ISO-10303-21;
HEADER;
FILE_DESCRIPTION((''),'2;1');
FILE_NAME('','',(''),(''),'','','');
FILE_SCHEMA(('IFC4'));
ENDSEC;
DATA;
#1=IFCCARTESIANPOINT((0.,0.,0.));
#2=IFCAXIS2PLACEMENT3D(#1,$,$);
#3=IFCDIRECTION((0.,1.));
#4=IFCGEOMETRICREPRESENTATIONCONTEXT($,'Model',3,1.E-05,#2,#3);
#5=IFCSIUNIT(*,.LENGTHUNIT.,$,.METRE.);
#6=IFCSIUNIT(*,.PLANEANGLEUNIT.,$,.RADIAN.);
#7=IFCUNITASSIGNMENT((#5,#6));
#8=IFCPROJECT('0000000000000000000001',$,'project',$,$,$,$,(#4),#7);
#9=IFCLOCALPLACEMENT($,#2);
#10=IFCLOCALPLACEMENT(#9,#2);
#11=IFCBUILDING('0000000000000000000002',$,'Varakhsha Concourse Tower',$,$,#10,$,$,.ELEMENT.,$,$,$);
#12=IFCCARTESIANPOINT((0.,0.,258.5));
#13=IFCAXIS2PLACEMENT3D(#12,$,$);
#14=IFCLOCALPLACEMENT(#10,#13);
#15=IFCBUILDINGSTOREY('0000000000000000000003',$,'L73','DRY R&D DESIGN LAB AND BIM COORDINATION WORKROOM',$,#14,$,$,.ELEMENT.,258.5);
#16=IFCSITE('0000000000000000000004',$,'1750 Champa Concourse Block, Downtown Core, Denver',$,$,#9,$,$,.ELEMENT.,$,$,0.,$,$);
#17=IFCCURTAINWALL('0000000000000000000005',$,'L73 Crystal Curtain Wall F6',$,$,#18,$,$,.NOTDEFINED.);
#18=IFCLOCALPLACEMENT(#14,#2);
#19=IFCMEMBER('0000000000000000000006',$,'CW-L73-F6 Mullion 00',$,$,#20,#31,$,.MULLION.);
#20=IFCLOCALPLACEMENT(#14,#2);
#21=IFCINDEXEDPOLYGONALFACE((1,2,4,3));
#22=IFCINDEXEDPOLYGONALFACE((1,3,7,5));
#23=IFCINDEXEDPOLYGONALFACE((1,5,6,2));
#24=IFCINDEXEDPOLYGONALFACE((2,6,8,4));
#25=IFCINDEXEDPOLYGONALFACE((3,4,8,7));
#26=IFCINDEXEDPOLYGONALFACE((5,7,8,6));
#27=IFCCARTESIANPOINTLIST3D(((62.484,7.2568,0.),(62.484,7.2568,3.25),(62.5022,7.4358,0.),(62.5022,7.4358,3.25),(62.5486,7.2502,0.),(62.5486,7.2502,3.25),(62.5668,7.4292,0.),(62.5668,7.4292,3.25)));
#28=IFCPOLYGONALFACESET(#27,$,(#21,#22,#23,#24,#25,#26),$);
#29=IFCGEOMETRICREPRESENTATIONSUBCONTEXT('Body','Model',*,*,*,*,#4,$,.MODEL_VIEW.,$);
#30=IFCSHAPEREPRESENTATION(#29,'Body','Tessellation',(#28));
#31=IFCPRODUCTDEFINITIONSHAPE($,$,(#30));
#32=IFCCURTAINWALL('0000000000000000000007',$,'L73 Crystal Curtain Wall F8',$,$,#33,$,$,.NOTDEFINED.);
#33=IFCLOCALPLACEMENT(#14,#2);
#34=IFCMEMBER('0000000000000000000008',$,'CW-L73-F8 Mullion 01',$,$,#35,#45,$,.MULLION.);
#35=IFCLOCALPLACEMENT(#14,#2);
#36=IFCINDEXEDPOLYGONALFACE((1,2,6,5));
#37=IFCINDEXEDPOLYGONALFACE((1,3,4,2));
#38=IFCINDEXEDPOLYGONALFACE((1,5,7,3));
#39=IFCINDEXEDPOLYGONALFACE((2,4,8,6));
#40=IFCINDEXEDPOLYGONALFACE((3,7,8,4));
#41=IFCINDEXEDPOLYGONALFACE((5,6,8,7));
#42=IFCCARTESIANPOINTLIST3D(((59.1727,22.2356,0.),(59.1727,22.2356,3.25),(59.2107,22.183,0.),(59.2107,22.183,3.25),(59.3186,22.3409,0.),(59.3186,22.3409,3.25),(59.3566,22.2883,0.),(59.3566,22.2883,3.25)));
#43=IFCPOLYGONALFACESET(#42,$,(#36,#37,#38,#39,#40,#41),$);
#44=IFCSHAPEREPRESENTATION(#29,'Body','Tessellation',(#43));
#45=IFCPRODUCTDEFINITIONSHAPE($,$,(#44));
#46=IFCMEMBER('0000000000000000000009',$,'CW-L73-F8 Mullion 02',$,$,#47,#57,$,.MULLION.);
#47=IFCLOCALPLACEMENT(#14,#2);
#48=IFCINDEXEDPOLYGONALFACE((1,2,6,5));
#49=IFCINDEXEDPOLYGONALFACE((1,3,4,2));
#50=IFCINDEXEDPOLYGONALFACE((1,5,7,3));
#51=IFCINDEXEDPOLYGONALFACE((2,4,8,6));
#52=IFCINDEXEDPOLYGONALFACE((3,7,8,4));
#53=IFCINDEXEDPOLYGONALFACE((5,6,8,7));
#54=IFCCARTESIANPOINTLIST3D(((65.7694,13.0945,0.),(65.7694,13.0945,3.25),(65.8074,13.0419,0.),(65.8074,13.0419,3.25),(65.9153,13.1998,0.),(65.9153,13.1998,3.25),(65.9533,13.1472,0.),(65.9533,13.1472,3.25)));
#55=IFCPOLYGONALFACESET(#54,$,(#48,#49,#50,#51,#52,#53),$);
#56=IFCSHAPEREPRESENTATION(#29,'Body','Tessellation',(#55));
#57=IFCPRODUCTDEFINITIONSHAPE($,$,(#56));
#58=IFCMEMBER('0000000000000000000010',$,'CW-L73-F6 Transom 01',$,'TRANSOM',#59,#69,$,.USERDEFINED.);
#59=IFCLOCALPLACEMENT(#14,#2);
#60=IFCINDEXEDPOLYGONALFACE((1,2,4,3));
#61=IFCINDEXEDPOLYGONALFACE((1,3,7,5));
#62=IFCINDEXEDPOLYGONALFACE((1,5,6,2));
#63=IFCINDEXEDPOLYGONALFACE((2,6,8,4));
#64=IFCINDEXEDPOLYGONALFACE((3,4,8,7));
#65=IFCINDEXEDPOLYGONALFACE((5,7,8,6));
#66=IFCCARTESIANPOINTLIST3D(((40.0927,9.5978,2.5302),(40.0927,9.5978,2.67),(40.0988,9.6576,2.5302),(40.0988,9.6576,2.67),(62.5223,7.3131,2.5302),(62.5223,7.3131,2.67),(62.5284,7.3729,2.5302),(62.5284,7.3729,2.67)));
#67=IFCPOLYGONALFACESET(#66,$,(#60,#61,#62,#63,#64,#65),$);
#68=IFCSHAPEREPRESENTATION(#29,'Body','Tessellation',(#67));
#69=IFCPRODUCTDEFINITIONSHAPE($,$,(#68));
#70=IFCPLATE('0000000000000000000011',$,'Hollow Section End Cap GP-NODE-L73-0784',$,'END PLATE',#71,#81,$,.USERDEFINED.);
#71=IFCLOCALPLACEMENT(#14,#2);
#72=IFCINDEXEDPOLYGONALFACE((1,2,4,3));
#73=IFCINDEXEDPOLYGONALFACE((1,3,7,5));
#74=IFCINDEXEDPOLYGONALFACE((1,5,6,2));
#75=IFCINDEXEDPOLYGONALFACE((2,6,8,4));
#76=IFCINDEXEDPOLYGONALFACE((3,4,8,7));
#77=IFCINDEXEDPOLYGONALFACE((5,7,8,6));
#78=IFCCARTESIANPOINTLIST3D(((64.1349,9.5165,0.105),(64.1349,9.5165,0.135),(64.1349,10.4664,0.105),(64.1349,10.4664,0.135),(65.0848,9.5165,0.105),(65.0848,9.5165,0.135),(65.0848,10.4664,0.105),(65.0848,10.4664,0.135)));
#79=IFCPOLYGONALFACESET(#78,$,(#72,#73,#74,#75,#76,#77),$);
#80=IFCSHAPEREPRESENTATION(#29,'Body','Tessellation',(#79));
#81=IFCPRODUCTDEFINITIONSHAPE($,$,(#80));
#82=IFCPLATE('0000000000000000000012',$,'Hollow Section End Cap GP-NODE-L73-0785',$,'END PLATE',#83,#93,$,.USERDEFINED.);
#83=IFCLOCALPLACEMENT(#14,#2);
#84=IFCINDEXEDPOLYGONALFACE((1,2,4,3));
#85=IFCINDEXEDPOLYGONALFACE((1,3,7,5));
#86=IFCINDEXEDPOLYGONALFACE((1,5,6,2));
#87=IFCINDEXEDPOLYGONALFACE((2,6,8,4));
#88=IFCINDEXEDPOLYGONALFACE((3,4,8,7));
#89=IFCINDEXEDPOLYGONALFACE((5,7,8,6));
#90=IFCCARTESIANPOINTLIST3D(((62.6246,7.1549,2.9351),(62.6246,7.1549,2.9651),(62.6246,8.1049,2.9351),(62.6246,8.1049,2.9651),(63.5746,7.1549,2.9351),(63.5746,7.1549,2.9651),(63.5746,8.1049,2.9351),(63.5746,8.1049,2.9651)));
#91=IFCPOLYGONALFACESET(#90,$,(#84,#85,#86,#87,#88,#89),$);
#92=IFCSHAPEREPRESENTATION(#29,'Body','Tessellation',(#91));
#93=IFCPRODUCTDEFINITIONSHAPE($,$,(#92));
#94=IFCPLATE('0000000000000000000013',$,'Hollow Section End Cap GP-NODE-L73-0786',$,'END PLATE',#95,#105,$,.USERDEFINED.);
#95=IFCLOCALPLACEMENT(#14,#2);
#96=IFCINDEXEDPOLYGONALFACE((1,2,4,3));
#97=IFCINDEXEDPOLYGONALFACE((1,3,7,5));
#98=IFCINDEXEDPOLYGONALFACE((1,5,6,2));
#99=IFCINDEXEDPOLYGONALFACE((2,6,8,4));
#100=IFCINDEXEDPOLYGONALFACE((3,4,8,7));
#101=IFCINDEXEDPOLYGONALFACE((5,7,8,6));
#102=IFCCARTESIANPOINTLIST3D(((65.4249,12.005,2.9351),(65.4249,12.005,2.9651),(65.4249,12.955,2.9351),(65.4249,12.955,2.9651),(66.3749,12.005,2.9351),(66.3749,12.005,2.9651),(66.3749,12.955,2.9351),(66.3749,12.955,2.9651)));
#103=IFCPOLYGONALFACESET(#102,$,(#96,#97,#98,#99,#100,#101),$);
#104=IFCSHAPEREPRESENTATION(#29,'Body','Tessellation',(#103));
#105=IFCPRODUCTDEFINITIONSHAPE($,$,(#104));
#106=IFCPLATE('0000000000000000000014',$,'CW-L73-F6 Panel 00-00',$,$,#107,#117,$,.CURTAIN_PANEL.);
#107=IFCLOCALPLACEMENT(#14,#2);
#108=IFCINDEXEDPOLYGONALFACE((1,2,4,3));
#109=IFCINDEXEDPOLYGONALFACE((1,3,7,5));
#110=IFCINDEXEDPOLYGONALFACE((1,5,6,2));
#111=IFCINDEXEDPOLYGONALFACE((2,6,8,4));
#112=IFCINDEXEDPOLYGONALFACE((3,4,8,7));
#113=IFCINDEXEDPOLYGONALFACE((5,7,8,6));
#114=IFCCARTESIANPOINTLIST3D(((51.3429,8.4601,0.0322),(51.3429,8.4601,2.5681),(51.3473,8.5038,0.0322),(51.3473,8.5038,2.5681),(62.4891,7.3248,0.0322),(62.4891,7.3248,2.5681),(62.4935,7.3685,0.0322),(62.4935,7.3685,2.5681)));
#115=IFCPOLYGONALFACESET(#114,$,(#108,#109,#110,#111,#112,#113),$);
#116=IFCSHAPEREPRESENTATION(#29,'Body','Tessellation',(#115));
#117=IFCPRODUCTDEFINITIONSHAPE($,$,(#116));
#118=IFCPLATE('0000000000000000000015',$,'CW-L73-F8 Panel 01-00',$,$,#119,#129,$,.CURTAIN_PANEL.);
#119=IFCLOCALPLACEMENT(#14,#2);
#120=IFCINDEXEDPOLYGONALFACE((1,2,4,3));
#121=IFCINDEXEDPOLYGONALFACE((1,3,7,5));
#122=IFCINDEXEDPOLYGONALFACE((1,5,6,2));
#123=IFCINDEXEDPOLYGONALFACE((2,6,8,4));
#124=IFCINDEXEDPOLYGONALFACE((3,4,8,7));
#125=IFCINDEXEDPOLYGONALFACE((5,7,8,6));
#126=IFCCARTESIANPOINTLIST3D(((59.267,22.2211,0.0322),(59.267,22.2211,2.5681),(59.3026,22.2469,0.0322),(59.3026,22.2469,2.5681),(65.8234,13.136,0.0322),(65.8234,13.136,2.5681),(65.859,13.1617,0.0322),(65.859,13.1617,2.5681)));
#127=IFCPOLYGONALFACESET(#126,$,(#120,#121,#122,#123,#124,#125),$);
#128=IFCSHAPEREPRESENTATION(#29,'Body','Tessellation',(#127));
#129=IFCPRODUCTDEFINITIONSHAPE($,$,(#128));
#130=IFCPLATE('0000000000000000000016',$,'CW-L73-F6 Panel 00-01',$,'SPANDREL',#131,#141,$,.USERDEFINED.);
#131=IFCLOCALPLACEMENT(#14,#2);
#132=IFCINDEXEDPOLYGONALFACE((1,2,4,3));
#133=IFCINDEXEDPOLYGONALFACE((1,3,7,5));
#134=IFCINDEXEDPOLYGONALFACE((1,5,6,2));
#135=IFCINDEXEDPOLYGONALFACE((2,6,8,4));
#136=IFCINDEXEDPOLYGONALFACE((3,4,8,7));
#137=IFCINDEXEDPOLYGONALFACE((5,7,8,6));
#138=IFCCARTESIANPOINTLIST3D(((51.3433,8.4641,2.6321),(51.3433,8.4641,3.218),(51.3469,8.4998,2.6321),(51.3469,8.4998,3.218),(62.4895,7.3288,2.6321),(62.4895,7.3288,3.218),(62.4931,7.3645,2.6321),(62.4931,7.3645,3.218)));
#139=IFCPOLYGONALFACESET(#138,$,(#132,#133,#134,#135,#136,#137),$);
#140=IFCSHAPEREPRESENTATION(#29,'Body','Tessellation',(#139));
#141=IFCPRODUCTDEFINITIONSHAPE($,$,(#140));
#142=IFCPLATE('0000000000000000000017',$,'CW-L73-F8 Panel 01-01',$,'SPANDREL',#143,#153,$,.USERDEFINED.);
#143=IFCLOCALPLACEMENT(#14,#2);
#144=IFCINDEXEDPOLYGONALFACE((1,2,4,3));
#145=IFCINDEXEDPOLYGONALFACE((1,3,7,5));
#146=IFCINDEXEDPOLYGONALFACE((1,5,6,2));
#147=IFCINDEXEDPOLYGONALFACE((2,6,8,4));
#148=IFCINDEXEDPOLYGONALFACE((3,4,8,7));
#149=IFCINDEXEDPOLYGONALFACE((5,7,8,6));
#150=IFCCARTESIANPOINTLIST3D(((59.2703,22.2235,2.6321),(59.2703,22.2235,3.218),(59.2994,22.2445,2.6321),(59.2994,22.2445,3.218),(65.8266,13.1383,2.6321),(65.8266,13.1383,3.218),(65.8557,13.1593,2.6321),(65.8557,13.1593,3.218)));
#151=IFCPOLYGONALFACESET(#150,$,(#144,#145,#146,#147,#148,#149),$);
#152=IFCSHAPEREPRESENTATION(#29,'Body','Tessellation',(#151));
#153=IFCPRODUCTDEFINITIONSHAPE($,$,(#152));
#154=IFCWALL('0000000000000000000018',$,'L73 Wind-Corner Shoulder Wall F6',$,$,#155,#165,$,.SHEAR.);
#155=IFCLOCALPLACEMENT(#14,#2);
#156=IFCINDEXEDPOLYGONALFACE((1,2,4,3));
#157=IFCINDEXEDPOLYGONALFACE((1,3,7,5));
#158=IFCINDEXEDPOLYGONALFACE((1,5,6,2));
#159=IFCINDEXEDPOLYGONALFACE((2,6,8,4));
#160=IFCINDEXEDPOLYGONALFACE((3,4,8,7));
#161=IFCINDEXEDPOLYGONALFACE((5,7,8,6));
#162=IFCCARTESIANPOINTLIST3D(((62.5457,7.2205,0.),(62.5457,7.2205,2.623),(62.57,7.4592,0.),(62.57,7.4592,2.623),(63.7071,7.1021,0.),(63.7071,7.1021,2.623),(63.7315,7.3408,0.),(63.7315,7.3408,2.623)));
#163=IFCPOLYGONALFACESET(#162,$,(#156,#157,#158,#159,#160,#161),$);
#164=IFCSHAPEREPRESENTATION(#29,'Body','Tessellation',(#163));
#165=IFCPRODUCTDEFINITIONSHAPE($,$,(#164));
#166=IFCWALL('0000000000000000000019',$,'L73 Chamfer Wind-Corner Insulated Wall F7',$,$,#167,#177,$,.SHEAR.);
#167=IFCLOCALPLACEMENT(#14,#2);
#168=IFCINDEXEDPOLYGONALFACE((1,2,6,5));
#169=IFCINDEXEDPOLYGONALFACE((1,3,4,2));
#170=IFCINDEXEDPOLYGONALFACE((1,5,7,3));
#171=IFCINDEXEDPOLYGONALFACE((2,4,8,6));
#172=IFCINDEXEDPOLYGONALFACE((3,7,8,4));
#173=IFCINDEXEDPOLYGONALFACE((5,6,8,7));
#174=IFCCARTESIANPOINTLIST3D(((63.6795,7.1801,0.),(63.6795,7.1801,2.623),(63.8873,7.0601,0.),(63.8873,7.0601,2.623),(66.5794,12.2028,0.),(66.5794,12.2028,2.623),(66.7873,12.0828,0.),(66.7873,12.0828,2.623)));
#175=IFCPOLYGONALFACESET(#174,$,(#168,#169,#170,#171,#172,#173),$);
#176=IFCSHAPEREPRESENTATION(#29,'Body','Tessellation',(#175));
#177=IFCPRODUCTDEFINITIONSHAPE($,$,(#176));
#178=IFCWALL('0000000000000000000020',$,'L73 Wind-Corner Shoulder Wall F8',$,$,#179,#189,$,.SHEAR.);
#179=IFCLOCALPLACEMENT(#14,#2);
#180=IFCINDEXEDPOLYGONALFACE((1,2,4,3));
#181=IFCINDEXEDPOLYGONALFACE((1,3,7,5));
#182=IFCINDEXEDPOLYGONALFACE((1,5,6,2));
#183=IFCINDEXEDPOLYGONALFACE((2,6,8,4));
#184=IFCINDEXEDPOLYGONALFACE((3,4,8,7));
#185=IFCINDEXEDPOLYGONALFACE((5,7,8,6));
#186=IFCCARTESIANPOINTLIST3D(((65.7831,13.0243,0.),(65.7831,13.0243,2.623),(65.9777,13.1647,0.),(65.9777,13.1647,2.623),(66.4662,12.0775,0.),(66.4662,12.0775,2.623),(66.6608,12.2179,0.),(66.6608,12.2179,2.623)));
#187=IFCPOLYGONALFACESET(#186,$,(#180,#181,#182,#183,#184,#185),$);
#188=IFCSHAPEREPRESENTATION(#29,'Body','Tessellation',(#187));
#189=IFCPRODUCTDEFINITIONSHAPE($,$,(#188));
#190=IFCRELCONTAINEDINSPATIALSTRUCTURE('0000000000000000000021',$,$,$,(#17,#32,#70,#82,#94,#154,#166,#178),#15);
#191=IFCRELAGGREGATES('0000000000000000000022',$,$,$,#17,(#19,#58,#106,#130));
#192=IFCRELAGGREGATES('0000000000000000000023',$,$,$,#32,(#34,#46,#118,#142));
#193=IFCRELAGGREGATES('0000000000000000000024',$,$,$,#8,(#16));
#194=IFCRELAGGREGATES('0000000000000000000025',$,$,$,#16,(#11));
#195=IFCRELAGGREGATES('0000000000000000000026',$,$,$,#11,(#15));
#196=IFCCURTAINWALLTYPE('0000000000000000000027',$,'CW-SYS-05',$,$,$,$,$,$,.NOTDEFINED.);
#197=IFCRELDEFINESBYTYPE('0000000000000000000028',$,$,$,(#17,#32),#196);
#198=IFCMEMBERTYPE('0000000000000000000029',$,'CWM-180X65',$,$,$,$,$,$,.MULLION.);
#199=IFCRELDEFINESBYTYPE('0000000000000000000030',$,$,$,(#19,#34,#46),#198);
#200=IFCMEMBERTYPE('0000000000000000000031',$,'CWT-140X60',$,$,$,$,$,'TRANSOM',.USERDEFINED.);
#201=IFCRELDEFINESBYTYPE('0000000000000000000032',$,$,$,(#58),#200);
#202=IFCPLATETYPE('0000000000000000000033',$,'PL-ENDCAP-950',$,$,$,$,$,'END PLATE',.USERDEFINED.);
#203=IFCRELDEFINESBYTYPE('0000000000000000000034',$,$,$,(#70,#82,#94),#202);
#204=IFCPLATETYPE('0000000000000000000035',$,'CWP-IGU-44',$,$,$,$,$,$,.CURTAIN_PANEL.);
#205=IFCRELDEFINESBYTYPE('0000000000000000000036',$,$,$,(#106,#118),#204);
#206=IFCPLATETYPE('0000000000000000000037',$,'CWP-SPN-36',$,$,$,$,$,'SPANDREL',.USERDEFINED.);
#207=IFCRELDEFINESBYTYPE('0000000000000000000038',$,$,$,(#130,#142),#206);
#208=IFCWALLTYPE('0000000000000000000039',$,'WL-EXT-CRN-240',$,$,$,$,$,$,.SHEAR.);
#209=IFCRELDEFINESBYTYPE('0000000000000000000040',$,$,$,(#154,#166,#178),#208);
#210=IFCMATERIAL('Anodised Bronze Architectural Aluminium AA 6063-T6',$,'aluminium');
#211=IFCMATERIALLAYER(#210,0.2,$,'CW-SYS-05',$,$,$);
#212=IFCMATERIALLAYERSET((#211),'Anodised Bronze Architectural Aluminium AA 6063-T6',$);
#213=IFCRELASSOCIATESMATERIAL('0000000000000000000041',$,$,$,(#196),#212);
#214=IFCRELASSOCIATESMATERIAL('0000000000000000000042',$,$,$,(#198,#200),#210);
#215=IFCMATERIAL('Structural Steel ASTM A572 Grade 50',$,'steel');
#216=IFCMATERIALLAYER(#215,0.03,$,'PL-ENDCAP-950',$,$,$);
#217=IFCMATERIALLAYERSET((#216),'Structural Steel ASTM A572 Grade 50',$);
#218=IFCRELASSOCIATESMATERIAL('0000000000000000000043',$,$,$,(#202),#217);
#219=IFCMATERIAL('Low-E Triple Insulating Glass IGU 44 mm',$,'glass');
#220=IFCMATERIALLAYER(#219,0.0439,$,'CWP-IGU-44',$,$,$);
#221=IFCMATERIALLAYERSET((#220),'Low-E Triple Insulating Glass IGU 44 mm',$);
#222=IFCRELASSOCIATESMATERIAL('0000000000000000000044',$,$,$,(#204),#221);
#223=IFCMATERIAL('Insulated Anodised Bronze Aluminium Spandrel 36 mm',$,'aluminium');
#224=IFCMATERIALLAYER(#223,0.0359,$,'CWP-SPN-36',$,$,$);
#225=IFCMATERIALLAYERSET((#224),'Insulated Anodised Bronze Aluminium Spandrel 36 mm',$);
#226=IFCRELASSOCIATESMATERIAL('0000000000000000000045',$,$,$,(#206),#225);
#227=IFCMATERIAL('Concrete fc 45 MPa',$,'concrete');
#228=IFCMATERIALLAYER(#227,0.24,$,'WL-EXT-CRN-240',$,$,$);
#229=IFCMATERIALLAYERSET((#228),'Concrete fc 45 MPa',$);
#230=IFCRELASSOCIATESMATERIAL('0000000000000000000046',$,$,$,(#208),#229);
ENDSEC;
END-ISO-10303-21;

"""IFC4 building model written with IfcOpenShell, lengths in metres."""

from ifc_helpers import new_model, si_unit, direction, frame, frame_2d, origin, origin_2d, place, context, subcontext, project, spatial, rectangle, extrude, source, transform, mapped, material, layer, layer_set, material_profile, profile_set, type_object, type_shapes, element, aggregate, save


model = new_model("IFC4")

# Units and contexts
model_context = context("Model", 3, precision=1e-05, world=origin(), true_north=direction((0.0, 1.0)))
body_context = subcontext(model_context, "Body", "Model", "MODEL_VIEW")
ifc_project = project(units=[si_unit("LENGTHUNIT", "METRE"), si_unit("PLANEANGLEUNIT", "RADIAN")], contexts=[model_context])

# Site, building, storey
site_placement = place(None, origin())
site = spatial("IfcSite", under=ifc_project, at=site_placement, Name="1750 Champa Concourse Block, Downtown Core, Denver", CompositionType="ELEMENT", RefElevation=0.0)
building_placement = place(site_placement, origin())
building = spatial("IfcBuilding", under=site, at=building_placement, Name="Varakhsha Concourse Tower", CompositionType="ELEMENT")
storey_placement = place(building_placement, frame((0.0, 0.0, 258.5)))
storey = spatial("IfcBuildingStorey", under=building, at=storey_placement, Name="L73", Description="DRY R&D DESIGN LAB AND BIM COORDINATION WORKROOM", CompositionType="ELEMENT", Elevation=258.5)

# Shared definitions
ifc_material_1 = material(Name="Structural Steel ASTM A572 Grade 50", Category="steel")

# Curtain wall, member
ifc_material_2 = material(Name="Anodised Bronze Architectural Aluminium AA 6063-T6", Category="aluminium")
ifc_layer_1 = layer(ifc_material_2, 0.2, Name="CW-SYS-05")
ifc_layer_set_1 = layer_set([ifc_layer_1], Name="Anodised Bronze Architectural Aluminium AA 6063-T6")
curtain_wall_type = type_object("IfcCurtainWallType", Name="CW-SYS-05", PredefinedType="NOTDEFINED", material=ifc_layer_set_1)
curtain_wall_1_placement = place(storey_placement, origin())
curtain_wall_1 = element("IfcCurtainWall", 1, at=curtain_wall_1_placement, inside=storey, type_object=curtain_wall_type, Name="L73 Crystal Curtain Wall F6", PredefinedType="NOTDEFINED")
ifc_material_profile_1 = material_profile(ifc_material_2, rectangle(XDim=0.0649, YDim=0.1799, at=origin_2d()), Name="CWM-180X65")
ifc_profile_set_1 = profile_set([ifc_material_profile_1], Name="Anodised Bronze Architectural Aluminium AA 6063-T6")
member_type_1 = type_object("IfcMemberType", Name="CWM-180X65", PredefinedType="MULLION", material=ifc_profile_set_1)
shared_shape_1 = source(origin(), body_context, "Body", "SweptSolid", [
    extrude(rectangle(XDim=0.0649, YDim=0.1799, at=origin_2d()), origin(), (0.0, 0.0, 1.0), 3.25),
])
type_shapes(member_type_1, [shared_shape_1])
member_1_placement = place(storey_placement, frame((62.5254, 7.343, 0.0), z_axis=(0.0, 0.0, 1.0), x_axis=(-0.994852, 0.101336, 0.0)))
member_1 = element("IfcMember", 2, at=member_1_placement, type_object=member_type_1, Name="CW-L73-F6 Mullion 00", PredefinedType="MULLION", context=body_context, shape_type="MappedRepresentation", body=[
    mapped(shared_shape_1, transform((0.0, 0.0, 0.0), scale=1.0)),
])

# Curtain wall, members
curtain_wall_2_placement = place(storey_placement, origin())
curtain_wall_2 = element("IfcCurtainWall", 3, at=curtain_wall_2_placement, inside=storey, type_object=curtain_wall_type, Name="L73 Crystal Curtain Wall F8", PredefinedType="NOTDEFINED")
member_2_placement = place(storey_placement, frame((59.2646, 22.262, 0.0), z_axis=(0.0, 0.0, 1.0), x_axis=(0.585188, -0.810897, 0.0)))
member_2 = element("IfcMember", 4, at=member_2_placement, type_object=member_type_1, Name="CW-L73-F8 Mullion 01", PredefinedType="MULLION", context=body_context, shape_type="MappedRepresentation", body=[
    mapped(shared_shape_1, transform((0.0, 0.0, 0.0), scale=1.0)),
])
member_3_placement = place(storey_placement, frame((65.8613, 13.1208, 0.0), z_axis=(0.0, 0.0, 1.0), x_axis=(0.585188, -0.810897, 0.0)))
member_3 = element("IfcMember", 5, at=member_3_placement, type_object=member_type_1, Name="CW-L73-F8 Mullion 02", PredefinedType="MULLION", context=body_context, shape_type="MappedRepresentation", body=[
    mapped(shared_shape_1, transform((0.0, 0.0, 0.0), scale=1.0)),
])

# Member
ifc_material_profile_2 = material_profile(ifc_material_2, rectangle(XDim=0.0601, YDim=0.1399, at=origin_2d()), Name="CWT-140X60")
ifc_profile_set_2 = profile_set([ifc_material_profile_2], Name="Anodised Bronze Architectural Aluminium AA 6063-T6")
member_type_2 = type_object("IfcMemberType", Name="CWT-140X60", ElementType="TRANSOM", PredefinedType="USERDEFINED", material=ifc_profile_set_2)
shared_shape_2 = source(origin(), body_context, "Body", "SweptSolid", [
    extrude(rectangle(XDim=0.0601, YDim=0.1399, at=origin_2d()), origin(), (0.0, 0.0, 1.0), 22.5457),
])
type_shapes(member_type_2, [shared_shape_2])
member_4_placement = place(storey_placement, frame((62.5254, 7.343, 2.6001), z_axis=(-0.994852, 0.101335, 0.0), x_axis=(-0.101335, -0.994852, 0.0)))
member_4 = element("IfcMember", 6, at=member_4_placement, type_object=member_type_2, Name="CW-L73-F6 Transom 01", ObjectType="TRANSOM", PredefinedType="USERDEFINED", context=body_context, shape_type="MappedRepresentation", body=[
    mapped(shared_shape_2, transform((0.0, 0.0, 0.0), scale=1.0)),
])

# Plates
ifc_layer_2 = layer(ifc_material_1, 0.03, Name="PL-ENDCAP-950")
ifc_layer_set_2 = layer_set([ifc_layer_2], Name="Structural Steel ASTM A572 Grade 50")
plate_type_1 = type_object("IfcPlateType", Name="PL-ENDCAP-950", ElementType="END PLATE", PredefinedType="USERDEFINED", material=ifc_layer_set_2)
shared_shape_3 = source(origin(), body_context, "Body", "SweptSolid", [
    extrude(rectangle(XDim=0.95, YDim=0.95, at=origin_2d()), origin(), (0.0, 0.0, 1.0), 0.03),
])
type_shapes(plate_type_1, [shared_shape_3])
for number, where, z_axis, x_axis, name in (
    (7, (64.6099, 9.9915, 0.105), (0.0, 0.0, 1.0), (1.0, 0.0, 0.0), "Hollow Section End Cap GP-NODE-L73-0784"),
    (8, (63.0996, 7.6299, 2.9351), (0.0, 0.0, 1.0), (1.0, 0.0, 0.0), "Hollow Section End Cap GP-NODE-L73-0785"),
    (9, (65.8999, 12.48, 2.9351), (0.0, 0.0, 1.0), (1.0, 0.0, 0.0), "Hollow Section End Cap GP-NODE-L73-0786"),
):
    element("IfcPlate", number, at=place(storey_placement, frame(where, z_axis=z_axis, x_axis=x_axis)), inside=storey, type_object=plate_type_1, Name=name, ObjectType="END PLATE", PredefinedType="USERDEFINED", context=body_context, shape_type="MappedRepresentation", body=[
        mapped(shared_shape_3, transform((0.0, 0.0, 0.0), scale=1.0)),
    ])

# Plates
ifc_material_3 = material(Name="Low-E Triple Insulating Glass IGU 44 mm", Category="glass")
ifc_layer_3 = layer(ifc_material_3, 0.0439, Name="CWP-IGU-44")
ifc_layer_set_3 = layer_set([ifc_layer_3], Name="Low-E Triple Insulating Glass IGU 44 mm")
plate_type_2 = type_object("IfcPlateType", Name="CWP-IGU-44", PredefinedType="CURTAIN_PANEL", material=ifc_layer_set_3)
shared_shape_4 = source(origin(), body_context, "Body", "SweptSolid", [
    extrude(rectangle(XDim=11.2039, YDim=0.0439, at=origin_2d()), origin(), (0.0, 0.0, 1.0), 2.5359),
])
type_shapes(plate_type_2, [shared_shape_4])
plate_1_placement = place(storey_placement, frame((56.9182, 7.9143, 0.0322), z_axis=(0.0, 0.0, 1.0), x_axis=(-0.994852, 0.101336, 0.0)))
plate_1 = element("IfcPlate", 10, at=plate_1_placement, type_object=plate_type_2, Name="CW-L73-F6 Panel 00-00", PredefinedType="CURTAIN_PANEL", context=body_context, shape_type="MappedRepresentation", body=[
    mapped(shared_shape_4, transform((0.0, 0.0, 0.0), scale=1.0)),
])
plate_2_placement = place(storey_placement, frame((62.563, 17.6914, 0.0322), z_axis=(0.0, 0.0, 1.0), x_axis=(0.585188, -0.810897, 0.0)))
plate_2 = element("IfcPlate", 11, at=plate_2_placement, type_object=plate_type_2, Name="CW-L73-F8 Panel 01-00", PredefinedType="CURTAIN_PANEL", context=body_context, shape_type="MappedRepresentation", body=[
    mapped(shared_shape_4, transform((0.0, 0.0, 0.0), scale=1.0)),
])
ifc_material_4 = material(Name="Insulated Anodised Bronze Aluminium Spandrel 36 mm", Category="aluminium")
ifc_layer_4 = layer(ifc_material_4, 0.0359, Name="CWP-SPN-36")
ifc_layer_set_4 = layer_set([ifc_layer_4], Name="Insulated Anodised Bronze Aluminium Spandrel 36 mm")
plate_type_3 = type_object("IfcPlateType", Name="CWP-SPN-36", ElementType="SPANDREL", PredefinedType="USERDEFINED", material=ifc_layer_set_4)
shared_shape_5 = source(origin(), body_context, "Body", "SweptSolid", [
    extrude(rectangle(XDim=11.2039, YDim=0.0359, at=origin_2d()), origin(), (0.0, 0.0, 1.0), 0.5859),
])
type_shapes(plate_type_3, [shared_shape_5])
plate_3_placement = place(storey_placement, frame((56.9182, 7.9143, 2.6321), z_axis=(0.0, 0.0, 1.0), x_axis=(-0.994852, 0.101336, 0.0)))
plate_3 = element("IfcPlate", 12, at=plate_3_placement, type_object=plate_type_3, Name="CW-L73-F6 Panel 00-01", ObjectType="SPANDREL", PredefinedType="USERDEFINED", context=body_context, shape_type="MappedRepresentation", body=[
    mapped(shared_shape_5, transform((0.0, 0.0, 0.0), scale=1.0)),
])
aggregate(curtain_wall_1, [member_1, member_4, plate_1, plate_3])
plate_4_placement = place(storey_placement, frame((62.563, 17.6914, 2.6321), z_axis=(0.0, 0.0, 1.0), x_axis=(0.585188, -0.810897, 0.0)))
plate_4 = element("IfcPlate", 13, at=plate_4_placement, type_object=plate_type_3, Name="CW-L73-F8 Panel 01-01", ObjectType="SPANDREL", PredefinedType="USERDEFINED", context=body_context, shape_type="MappedRepresentation", body=[
    mapped(shared_shape_5, transform((0.0, 0.0, 0.0), scale=1.0)),
])
aggregate(curtain_wall_2, [member_2, member_3, plate_2, plate_4])

# Walls
ifc_material_5 = material(Name="Concrete fc 45 MPa", Category="concrete")
ifc_layer_5 = layer(ifc_material_5, 0.24, Name="WL-EXT-CRN-240")
ifc_layer_set_5 = layer_set([ifc_layer_5], Name="Concrete fc 45 MPa")
wall_type = type_object("IfcWallType", Name="WL-EXT-CRN-240", PredefinedType="SHEAR", material=ifc_layer_set_5)
wall_1_placement = place(storey_placement, frame((62.5579, 7.3398, 0.0), z_axis=(0.0, 0.0, 1.0), x_axis=(0.994843, -0.101429, 0.0)))
element("IfcWall", 14, at=wall_1_placement, inside=storey, type_object=wall_type, Name="L73 Wind-Corner Shoulder Wall F6", PredefinedType="SHEAR", context=body_context, shape_type="SweptSolid", body=[
    extrude(rectangle(XDim=1.1675, YDim=0.24, at=frame_2d((0.5837, 0.0))), origin(), (0.0, 0.0, 1.0), 2.623),
])
wall_2_placement = place(storey_placement, frame((66.6833, 12.1428, 0.0), z_axis=(0.0, 0.0, 1.0), x_axis=(-0.500005, -0.866022, 0.0)))
element("IfcWall", 15, at=wall_2_placement, inside=storey, type_object=wall_type, Name="L73 Chamfer Wind-Corner Insulated Wall F7", PredefinedType="SHEAR", context=body_context, shape_type="SweptSolid", body=[
    extrude(rectangle(XDim=5.7998, YDim=0.24, at=frame_2d((2.8999, 0.0))), origin(), (0.0, 0.0, 1.0), 2.623),
])
wall_3_placement = place(storey_placement, frame((66.5635, 12.1477, 0.0), z_axis=(0.0, 0.0, 1.0), x_axis=(-0.585109, 0.810955, 0.0)))
element("IfcWall", 16, at=wall_3_placement, inside=storey, type_object=wall_type, Name="L73 Wind-Corner Shoulder Wall F8", PredefinedType="SHEAR", context=body_context, shape_type="SweptSolid", body=[
    extrude(rectangle(XDim=1.1675, YDim=0.24, at=frame_2d((0.5837, 0.0))), origin(), (0.0, 0.0, 1.0), 2.623),
])

save(model, "model.ifc")
